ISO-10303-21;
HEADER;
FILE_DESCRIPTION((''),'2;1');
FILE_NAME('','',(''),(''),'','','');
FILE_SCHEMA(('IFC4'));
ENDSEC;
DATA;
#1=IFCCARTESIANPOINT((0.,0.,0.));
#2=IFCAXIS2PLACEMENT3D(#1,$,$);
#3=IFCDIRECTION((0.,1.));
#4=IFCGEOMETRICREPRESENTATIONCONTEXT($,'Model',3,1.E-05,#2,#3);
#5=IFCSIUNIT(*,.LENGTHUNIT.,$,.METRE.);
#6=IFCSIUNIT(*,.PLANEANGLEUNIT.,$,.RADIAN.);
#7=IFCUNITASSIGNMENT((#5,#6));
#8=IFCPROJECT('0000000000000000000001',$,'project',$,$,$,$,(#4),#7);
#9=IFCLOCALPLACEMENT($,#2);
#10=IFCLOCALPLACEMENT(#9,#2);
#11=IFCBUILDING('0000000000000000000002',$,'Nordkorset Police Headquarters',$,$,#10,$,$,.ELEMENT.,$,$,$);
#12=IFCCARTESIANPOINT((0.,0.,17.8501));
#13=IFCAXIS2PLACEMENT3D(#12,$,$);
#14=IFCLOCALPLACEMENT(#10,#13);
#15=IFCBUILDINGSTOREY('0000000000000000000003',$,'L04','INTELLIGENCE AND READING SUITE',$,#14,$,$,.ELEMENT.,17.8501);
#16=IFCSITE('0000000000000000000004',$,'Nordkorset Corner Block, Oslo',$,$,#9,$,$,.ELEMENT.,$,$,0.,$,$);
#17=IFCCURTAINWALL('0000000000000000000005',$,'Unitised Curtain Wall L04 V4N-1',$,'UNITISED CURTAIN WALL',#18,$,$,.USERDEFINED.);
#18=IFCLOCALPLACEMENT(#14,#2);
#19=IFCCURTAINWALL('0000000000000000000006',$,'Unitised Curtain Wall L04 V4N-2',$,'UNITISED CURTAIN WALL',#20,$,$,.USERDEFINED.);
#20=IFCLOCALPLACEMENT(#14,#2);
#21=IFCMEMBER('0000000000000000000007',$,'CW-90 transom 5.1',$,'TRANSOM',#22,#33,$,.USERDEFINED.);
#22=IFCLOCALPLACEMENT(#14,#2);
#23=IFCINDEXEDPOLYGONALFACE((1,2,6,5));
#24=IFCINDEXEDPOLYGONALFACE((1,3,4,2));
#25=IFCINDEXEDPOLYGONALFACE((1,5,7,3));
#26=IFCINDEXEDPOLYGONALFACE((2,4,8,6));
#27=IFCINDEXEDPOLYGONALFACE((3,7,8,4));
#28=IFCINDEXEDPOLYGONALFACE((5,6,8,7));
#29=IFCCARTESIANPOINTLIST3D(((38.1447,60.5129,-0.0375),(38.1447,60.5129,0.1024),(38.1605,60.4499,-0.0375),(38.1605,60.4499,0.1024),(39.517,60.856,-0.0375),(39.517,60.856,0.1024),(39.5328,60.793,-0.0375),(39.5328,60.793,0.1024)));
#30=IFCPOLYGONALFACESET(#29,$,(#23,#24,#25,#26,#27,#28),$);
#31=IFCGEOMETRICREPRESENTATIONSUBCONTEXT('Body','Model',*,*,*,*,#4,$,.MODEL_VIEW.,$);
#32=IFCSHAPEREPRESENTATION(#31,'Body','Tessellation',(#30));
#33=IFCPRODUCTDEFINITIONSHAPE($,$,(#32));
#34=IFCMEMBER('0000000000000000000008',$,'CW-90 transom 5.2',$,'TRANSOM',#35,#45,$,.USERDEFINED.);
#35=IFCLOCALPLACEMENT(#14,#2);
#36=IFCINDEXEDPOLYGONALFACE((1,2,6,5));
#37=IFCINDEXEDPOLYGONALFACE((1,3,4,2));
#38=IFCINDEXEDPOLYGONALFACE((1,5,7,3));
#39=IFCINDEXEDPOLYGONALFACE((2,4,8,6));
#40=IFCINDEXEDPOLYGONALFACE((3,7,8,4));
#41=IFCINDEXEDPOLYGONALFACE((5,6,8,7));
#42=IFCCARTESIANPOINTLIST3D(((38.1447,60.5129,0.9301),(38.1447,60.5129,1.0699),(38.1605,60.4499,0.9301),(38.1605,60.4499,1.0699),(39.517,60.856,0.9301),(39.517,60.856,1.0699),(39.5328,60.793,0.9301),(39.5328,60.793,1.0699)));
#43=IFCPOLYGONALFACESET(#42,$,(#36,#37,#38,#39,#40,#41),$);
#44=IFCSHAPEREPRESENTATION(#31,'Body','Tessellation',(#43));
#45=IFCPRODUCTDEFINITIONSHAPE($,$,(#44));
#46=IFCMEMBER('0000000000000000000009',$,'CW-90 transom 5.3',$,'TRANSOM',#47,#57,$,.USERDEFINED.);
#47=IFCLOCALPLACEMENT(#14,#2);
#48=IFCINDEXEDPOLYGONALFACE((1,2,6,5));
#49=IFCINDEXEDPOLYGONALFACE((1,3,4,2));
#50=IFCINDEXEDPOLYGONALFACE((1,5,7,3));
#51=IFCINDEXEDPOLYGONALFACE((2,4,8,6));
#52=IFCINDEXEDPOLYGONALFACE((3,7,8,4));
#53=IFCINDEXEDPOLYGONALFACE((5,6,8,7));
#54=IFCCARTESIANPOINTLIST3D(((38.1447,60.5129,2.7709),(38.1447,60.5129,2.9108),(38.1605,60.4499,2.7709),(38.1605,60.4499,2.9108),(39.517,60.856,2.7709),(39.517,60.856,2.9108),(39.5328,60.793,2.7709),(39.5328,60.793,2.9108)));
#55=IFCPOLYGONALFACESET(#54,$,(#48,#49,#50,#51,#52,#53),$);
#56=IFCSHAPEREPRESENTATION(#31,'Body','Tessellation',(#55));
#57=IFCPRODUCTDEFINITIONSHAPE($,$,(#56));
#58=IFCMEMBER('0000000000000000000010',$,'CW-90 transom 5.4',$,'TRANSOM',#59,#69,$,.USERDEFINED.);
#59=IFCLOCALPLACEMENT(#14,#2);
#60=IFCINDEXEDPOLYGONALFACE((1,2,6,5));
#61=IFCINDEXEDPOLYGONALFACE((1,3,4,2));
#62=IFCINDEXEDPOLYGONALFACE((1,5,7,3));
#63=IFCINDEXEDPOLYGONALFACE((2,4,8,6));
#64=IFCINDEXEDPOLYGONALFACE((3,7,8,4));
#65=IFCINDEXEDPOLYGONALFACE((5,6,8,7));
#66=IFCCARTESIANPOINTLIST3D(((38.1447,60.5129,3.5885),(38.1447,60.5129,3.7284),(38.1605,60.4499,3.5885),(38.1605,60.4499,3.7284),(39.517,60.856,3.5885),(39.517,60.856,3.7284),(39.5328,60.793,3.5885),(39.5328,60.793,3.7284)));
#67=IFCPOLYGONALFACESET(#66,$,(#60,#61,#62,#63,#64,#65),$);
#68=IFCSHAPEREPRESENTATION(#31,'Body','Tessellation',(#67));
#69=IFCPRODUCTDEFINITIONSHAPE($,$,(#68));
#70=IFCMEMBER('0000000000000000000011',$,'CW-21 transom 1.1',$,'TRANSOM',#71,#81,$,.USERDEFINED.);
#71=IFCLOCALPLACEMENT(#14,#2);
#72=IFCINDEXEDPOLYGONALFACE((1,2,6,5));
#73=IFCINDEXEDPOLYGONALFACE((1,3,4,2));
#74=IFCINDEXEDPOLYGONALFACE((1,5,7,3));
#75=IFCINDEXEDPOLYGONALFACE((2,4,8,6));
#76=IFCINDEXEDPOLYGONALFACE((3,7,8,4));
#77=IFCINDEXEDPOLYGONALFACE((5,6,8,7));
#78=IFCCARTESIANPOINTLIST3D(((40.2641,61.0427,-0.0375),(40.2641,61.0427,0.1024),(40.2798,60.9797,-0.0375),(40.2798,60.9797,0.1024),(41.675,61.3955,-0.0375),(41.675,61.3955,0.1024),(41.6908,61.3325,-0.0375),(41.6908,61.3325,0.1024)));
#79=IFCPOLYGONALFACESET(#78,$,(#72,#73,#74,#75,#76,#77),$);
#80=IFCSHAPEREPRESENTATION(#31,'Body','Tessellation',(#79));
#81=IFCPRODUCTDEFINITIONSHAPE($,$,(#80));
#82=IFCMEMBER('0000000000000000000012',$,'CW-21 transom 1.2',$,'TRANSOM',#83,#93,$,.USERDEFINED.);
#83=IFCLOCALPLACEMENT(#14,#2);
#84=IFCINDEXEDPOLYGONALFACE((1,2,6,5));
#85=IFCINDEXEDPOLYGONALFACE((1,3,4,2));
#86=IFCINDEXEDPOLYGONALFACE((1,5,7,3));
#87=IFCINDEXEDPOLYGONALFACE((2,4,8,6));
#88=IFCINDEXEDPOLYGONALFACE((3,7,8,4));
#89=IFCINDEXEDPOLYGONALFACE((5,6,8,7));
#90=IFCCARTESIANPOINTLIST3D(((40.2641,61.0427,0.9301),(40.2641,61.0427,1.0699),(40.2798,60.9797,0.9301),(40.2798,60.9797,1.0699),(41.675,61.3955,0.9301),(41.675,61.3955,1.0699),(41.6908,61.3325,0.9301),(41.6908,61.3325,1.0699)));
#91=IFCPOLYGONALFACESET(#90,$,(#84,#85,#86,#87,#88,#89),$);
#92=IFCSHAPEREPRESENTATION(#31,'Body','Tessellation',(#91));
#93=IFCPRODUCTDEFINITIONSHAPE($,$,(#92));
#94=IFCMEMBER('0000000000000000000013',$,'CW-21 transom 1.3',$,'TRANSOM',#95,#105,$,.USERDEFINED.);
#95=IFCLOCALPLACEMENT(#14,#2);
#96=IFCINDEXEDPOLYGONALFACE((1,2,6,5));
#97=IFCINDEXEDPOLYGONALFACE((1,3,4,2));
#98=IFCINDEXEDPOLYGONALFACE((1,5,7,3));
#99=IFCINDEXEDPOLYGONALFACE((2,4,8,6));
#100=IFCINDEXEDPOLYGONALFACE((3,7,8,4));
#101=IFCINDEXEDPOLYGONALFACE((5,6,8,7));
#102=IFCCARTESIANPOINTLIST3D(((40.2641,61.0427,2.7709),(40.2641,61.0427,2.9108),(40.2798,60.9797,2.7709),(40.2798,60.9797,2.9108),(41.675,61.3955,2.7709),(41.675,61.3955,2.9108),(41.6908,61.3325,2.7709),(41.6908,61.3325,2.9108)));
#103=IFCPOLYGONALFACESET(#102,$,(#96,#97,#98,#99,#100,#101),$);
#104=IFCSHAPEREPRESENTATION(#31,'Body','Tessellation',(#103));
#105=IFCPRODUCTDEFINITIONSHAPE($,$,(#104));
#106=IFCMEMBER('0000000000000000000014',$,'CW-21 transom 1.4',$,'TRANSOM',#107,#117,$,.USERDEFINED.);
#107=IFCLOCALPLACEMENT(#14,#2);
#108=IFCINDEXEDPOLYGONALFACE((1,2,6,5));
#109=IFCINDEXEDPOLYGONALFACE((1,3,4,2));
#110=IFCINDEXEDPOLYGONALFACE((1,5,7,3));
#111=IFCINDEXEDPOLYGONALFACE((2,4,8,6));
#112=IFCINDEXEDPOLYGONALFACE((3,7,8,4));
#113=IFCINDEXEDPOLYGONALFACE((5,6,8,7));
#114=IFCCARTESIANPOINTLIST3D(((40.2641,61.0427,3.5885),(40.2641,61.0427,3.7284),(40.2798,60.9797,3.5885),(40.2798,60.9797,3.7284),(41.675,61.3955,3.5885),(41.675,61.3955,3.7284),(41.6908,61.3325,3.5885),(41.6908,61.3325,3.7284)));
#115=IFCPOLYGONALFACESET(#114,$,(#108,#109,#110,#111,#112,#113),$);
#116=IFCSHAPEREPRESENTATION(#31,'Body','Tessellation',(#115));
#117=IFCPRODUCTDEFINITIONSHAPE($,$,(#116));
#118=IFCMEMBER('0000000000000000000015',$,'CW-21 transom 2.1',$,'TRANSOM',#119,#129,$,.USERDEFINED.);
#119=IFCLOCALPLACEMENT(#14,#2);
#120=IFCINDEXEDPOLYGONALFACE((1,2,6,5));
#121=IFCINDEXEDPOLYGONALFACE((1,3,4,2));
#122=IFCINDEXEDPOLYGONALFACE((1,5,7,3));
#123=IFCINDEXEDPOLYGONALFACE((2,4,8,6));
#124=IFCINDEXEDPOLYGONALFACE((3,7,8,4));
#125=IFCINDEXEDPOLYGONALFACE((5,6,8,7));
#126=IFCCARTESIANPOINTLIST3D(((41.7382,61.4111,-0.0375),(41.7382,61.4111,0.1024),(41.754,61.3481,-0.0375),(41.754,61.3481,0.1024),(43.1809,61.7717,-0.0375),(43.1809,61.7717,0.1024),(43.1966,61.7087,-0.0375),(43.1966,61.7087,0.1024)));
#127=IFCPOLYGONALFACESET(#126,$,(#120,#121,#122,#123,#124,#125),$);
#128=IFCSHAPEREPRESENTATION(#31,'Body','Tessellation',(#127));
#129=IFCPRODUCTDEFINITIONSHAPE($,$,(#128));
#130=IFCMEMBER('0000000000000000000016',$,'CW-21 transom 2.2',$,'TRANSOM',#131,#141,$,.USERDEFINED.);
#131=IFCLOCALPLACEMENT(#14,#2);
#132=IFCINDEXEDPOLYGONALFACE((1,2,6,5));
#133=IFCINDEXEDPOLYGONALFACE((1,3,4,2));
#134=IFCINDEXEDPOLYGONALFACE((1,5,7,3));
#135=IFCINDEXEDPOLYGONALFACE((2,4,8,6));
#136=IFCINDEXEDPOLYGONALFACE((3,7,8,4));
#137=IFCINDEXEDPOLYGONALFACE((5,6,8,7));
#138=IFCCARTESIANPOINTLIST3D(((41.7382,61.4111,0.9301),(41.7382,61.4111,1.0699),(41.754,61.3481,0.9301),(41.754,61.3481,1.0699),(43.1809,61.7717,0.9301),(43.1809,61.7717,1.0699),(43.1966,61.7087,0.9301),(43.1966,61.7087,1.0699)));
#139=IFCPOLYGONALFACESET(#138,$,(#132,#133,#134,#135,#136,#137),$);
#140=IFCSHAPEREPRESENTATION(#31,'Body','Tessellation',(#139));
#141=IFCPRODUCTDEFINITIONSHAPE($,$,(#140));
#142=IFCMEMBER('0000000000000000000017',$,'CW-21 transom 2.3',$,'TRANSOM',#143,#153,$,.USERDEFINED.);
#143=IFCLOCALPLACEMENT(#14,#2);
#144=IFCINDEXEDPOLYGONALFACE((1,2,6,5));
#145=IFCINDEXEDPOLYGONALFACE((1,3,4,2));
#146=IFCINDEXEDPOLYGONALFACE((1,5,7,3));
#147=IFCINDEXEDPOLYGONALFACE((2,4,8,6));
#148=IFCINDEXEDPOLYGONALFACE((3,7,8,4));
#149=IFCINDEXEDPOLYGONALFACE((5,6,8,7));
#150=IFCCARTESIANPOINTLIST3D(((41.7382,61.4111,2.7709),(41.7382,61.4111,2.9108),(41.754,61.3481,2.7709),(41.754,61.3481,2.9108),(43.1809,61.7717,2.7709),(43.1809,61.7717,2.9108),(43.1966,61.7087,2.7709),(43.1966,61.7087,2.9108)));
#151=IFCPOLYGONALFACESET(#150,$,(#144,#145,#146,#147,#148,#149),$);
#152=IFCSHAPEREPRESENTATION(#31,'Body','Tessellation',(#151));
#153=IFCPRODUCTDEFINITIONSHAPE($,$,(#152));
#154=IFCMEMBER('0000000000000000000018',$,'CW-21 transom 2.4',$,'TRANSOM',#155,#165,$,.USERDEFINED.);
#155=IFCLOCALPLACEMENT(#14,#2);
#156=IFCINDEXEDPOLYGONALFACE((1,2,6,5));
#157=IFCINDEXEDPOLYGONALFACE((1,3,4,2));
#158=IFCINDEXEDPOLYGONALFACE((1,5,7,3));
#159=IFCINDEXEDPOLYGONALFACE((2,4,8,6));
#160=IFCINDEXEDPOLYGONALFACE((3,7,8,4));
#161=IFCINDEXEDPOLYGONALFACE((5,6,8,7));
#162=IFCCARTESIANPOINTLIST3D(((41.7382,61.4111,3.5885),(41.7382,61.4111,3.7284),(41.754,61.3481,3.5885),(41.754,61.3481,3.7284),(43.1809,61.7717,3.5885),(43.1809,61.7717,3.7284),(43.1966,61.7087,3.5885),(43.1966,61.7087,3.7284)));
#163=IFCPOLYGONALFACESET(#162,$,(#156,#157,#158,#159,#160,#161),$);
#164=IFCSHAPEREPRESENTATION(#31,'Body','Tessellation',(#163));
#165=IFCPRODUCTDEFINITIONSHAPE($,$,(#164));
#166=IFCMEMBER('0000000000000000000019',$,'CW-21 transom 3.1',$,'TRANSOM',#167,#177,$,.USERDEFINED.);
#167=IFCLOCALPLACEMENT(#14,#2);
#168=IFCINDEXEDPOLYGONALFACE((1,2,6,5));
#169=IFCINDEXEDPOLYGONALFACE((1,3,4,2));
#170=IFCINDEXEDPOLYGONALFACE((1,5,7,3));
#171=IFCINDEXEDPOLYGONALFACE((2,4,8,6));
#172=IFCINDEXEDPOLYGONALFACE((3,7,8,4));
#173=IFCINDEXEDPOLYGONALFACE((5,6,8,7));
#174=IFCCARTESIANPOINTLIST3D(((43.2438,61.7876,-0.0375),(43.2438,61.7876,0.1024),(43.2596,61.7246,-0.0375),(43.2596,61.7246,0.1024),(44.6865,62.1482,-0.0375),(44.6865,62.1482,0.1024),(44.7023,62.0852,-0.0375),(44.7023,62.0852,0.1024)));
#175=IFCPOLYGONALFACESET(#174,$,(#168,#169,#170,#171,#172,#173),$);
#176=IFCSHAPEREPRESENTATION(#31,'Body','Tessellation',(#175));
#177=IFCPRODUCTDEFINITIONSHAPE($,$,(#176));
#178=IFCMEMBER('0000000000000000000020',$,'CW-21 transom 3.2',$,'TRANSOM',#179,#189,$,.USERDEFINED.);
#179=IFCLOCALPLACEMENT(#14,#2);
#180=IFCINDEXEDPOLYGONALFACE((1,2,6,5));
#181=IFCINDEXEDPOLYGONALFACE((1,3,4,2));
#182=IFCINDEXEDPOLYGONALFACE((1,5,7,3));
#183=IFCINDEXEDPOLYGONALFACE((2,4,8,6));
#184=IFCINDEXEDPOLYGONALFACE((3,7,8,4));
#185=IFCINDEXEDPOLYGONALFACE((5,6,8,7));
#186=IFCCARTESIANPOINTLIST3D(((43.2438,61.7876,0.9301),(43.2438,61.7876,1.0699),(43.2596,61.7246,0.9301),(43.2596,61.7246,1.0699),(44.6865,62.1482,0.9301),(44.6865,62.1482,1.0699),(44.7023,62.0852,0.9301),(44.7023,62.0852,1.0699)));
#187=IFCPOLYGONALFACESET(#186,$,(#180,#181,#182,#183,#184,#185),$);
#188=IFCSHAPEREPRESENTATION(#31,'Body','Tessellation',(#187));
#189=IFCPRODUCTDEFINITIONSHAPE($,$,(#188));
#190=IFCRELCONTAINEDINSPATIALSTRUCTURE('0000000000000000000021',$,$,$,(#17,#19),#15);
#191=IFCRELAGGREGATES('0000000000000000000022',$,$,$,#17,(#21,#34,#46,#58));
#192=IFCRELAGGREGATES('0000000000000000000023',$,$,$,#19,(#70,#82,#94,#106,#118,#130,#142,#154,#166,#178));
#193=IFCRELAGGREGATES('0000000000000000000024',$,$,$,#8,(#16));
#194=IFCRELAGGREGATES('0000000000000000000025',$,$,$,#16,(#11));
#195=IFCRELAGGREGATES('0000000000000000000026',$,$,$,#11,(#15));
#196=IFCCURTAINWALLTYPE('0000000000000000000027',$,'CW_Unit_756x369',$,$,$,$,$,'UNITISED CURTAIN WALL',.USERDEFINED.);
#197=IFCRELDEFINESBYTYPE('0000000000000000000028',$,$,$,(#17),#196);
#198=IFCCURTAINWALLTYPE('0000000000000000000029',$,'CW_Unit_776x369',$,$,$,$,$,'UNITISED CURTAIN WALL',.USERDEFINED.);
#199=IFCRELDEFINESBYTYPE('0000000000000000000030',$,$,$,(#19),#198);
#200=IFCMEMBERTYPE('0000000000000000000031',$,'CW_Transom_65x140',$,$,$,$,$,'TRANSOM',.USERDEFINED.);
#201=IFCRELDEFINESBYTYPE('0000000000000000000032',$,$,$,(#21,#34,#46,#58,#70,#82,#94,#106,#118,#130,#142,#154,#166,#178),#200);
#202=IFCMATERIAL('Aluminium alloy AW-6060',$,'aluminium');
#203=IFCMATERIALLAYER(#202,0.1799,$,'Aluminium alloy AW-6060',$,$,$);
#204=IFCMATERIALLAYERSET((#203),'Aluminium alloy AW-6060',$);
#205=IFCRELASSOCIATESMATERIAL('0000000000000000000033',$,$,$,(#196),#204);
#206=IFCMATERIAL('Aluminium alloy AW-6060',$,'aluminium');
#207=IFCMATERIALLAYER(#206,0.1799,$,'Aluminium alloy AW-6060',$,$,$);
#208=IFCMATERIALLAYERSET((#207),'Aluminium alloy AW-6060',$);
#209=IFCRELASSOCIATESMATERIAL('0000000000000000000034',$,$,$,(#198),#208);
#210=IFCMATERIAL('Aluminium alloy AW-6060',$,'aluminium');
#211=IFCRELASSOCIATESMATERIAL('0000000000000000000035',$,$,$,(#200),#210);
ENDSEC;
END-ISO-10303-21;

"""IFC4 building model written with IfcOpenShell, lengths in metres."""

from ifc_helpers import new_model, si_unit, direction, frame, origin, origin_2d, place, context, subcontext, project, spatial, rectangle, extrude, material, layer, layer_set, material_profile, profile_set, type_object, element, aggregate, save


model = new_model("IFC4")

# Units and contexts
model_context = context("Model", 3, precision=1e-05, world=origin(), true_north=direction((0.0, 1.0)))
body_context = subcontext(model_context, "Body", "Model", "MODEL_VIEW")
ifc_project = project(units=[si_unit("LENGTHUNIT", "METRE"), si_unit("PLANEANGLEUNIT", "RADIAN")], contexts=[model_context])

# Site, building, storey
site_placement = place(None, origin())
site = spatial("IfcSite", under=ifc_project, at=site_placement, Name="Nordkorset Corner Block, Oslo", CompositionType="ELEMENT", RefElevation=0.0)
building_placement = place(site_placement, origin())
building = spatial("IfcBuilding", under=site, at=building_placement, Name="Nordkorset Police Headquarters", CompositionType="ELEMENT")
storey_placement = place(building_placement, frame((0.0, 0.0, 17.8501)))
storey = spatial("IfcBuildingStorey", under=building, at=storey_placement, Name="L04", Description="INTELLIGENCE AND READING SUITE", CompositionType="ELEMENT", Elevation=17.8501)

# Curtain walls
ifc_material_1 = material(Name="Aluminium alloy AW-6060", Category="aluminium")
ifc_layer_1 = layer(ifc_material_1, 0.1799, Name="Aluminium alloy AW-6060")
ifc_layer_set_1 = layer_set([ifc_layer_1], Name="Aluminium alloy AW-6060")
curtain_wall_type_1 = type_object("IfcCurtainWallType", Name="CW_Unit_756x369", ElementType="UNITISED CURTAIN WALL", PredefinedType="USERDEFINED", material=ifc_layer_set_1)
curtain_wall_1_placement = place(storey_placement, origin())
curtain_wall_1 = element("IfcCurtainWall", 1, at=curtain_wall_1_placement, inside=storey, type_object=curtain_wall_type_1, Name="Unitised Curtain Wall L04 V4N-1", ObjectType="UNITISED CURTAIN WALL", PredefinedType="USERDEFINED")
ifc_material_2 = material(Name="Aluminium alloy AW-6060", Category="aluminium")
ifc_layer_2 = layer(ifc_material_2, 0.1799, Name="Aluminium alloy AW-6060")
ifc_layer_set_2 = layer_set([ifc_layer_2], Name="Aluminium alloy AW-6060")
curtain_wall_type_2 = type_object("IfcCurtainWallType", Name="CW_Unit_776x369", ElementType="UNITISED CURTAIN WALL", PredefinedType="USERDEFINED", material=ifc_layer_set_2)
curtain_wall_2_placement = place(storey_placement, origin())
curtain_wall_2 = element("IfcCurtainWall", 2, at=curtain_wall_2_placement, inside=storey, type_object=curtain_wall_type_2, Name="Unitised Curtain Wall L04 V4N-2", ObjectType="UNITISED CURTAIN WALL", PredefinedType="USERDEFINED")

# Members
ifc_material_3 = material(Name="Aluminium alloy AW-6060", Category="aluminium")
ifc_material_profile_1 = material_profile(ifc_material_3, rectangle(XDim=0.0649, YDim=0.1399, at=origin_2d()), Name="ALU TRAN 65x140")
ifc_profile_set_1 = profile_set([ifc_material_profile_1], Name="Aluminium alloy AW-6060")
member_type_1 = type_object("IfcMemberType", Name="CW_Transom_65x140", ElementType="TRANSOM", PredefinedType="USERDEFINED", material=ifc_profile_set_1)
member_1_placement = place(storey_placement, frame((38.1526, 60.4814, 0.0325), z_axis=(0.970153, 0.242495, 0.0), x_axis=(-0.242495, 0.970153, 0.0)))
member_1 = element("IfcMember", 3, at=member_1_placement, type_object=member_type_1, Name="CW-90 transom 5.1", ObjectType="TRANSOM", PredefinedType="USERDEFINED", context=body_context, shape_type="SweptSolid", body=[
    extrude(rectangle(XDim=0.0649, YDim=0.1399, at=origin_2d()), origin(), (0.0, 0.0, 1.0), 1.4146),
])
member_2_placement = place(storey_placement, frame((38.1526, 60.4814, 1.0), z_axis=(0.970153, 0.242495, 0.0), x_axis=(-0.242495, 0.970153, 0.0)))
member_2 = element("IfcMember", 4, at=member_2_placement, type_object=member_type_1, Name="CW-90 transom 5.2", ObjectType="TRANSOM", PredefinedType="USERDEFINED", context=body_context, shape_type="SweptSolid", body=[
    extrude(rectangle(XDim=0.0649, YDim=0.1399, at=origin_2d()), origin(), (0.0, 0.0, 1.0), 1.4146),
])
member_3_placement = place(storey_placement, frame((38.1526, 60.4814, 2.8408), z_axis=(0.970153, 0.242495, 0.0), x_axis=(-0.242495, 0.970153, 0.0)))
member_3 = element("IfcMember", 5, at=member_3_placement, type_object=member_type_1, Name="CW-90 transom 5.3", ObjectType="TRANSOM", PredefinedType="USERDEFINED", context=body_context, shape_type="SweptSolid", body=[
    extrude(rectangle(XDim=0.0649, YDim=0.1399, at=origin_2d()), origin(), (0.0, 0.0, 1.0), 1.4146),
])
member_4_placement = place(storey_placement, frame((38.1526, 60.4814, 3.6584), z_axis=(0.970153, 0.242495, 0.0), x_axis=(-0.242495, 0.970153, 0.0)))
member_4 = element("IfcMember", 6, at=member_4_placement, type_object=member_type_1, Name="CW-90 transom 5.4", ObjectType="TRANSOM", PredefinedType="USERDEFINED", context=body_context, shape_type="SweptSolid", body=[
    extrude(rectangle(XDim=0.0649, YDim=0.1399, at=origin_2d()), origin(), (0.0, 0.0, 1.0), 1.4146),
])
member_5_placement = place(storey_placement, frame((40.272, 61.0112, 0.0325), z_axis=(0.970133, 0.242575, 0.0), x_axis=(-0.242575, 0.970133, 0.0)))
member_5 = element("IfcMember", 7, at=member_5_placement, type_object=member_type_1, Name="CW-21 transom 1.1", ObjectType="TRANSOM", PredefinedType="USERDEFINED", context=body_context, shape_type="SweptSolid", body=[
    extrude(rectangle(XDim=0.0649, YDim=0.1399, at=origin_2d()), origin(), (0.0, 0.0, 1.0), 1.4543),
])
member_6_placement = place(storey_placement, frame((40.272, 61.0112, 1.0), z_axis=(0.970133, 0.242575, 0.0), x_axis=(-0.242575, 0.970133, 0.0)))
member_6 = element("IfcMember", 8, at=member_6_placement, type_object=member_type_1, Name="CW-21 transom 1.2", ObjectType="TRANSOM", PredefinedType="USERDEFINED", context=body_context, shape_type="SweptSolid", body=[
    extrude(rectangle(XDim=0.0649, YDim=0.1399, at=origin_2d()), origin(), (0.0, 0.0, 1.0), 1.4543),
])
member_7_placement = place(storey_placement, frame((40.272, 61.0112, 2.8408), z_axis=(0.970133, 0.242575, 0.0), x_axis=(-0.242575, 0.970133, 0.0)))
member_7 = element("IfcMember", 9, at=member_7_placement, type_object=member_type_1, Name="CW-21 transom 1.3", ObjectType="TRANSOM", PredefinedType="USERDEFINED", context=body_context, shape_type="SweptSolid", body=[
    extrude(rectangle(XDim=0.0649, YDim=0.1399, at=origin_2d()), origin(), (0.0, 0.0, 1.0), 1.4543),
])
member_8_placement = place(storey_placement, frame((40.272, 61.0112, 3.6584), z_axis=(0.970133, 0.242575, 0.0), x_axis=(-0.242575, 0.970133, 0.0)))
member_8 = element("IfcMember", 10, at=member_8_placement, type_object=member_type_1, Name="CW-21 transom 1.4", ObjectType="TRANSOM", PredefinedType="USERDEFINED", context=body_context, shape_type="SweptSolid", body=[
    extrude(rectangle(XDim=0.0649, YDim=0.1399, at=origin_2d()), origin(), (0.0, 0.0, 1.0), 1.4543),
])
member_9_placement = place(storey_placement, frame((41.7461, 61.3796, 0.0325), z_axis=(0.970152, 0.242497, 0.0), x_axis=(-0.242497, 0.970152, 0.0)))
member_9 = element("IfcMember", 11, at=member_9_placement, type_object=member_type_1, Name="CW-21 transom 2.1", ObjectType="TRANSOM", PredefinedType="USERDEFINED", context=body_context, shape_type="SweptSolid", body=[
    extrude(rectangle(XDim=0.0649, YDim=0.1399, at=origin_2d()), origin(), (0.0, 0.0, 1.0), 1.4871),
])
member_10_placement = place(storey_placement, frame((41.7461, 61.3796, 1.0), z_axis=(0.970152, 0.242497, 0.0), x_axis=(-0.242497, 0.970152, 0.0)))
member_10 = element("IfcMember", 12, at=member_10_placement, type_object=member_type_1, Name="CW-21 transom 2.2", ObjectType="TRANSOM", PredefinedType="USERDEFINED", context=body_context, shape_type="SweptSolid", body=[
    extrude(rectangle(XDim=0.0649, YDim=0.1399, at=origin_2d()), origin(), (0.0, 0.0, 1.0), 1.4871),
])
member_11_placement = place(storey_placement, frame((41.7461, 61.3796, 2.8408), z_axis=(0.970152, 0.242497, 0.0), x_axis=(-0.242497, 0.970152, 0.0)))
member_11 = element("IfcMember", 13, at=member_11_placement, type_object=member_type_1, Name="CW-21 transom 2.3", ObjectType="TRANSOM", PredefinedType="USERDEFINED", context=body_context, shape_type="SweptSolid", body=[
    extrude(rectangle(XDim=0.0649, YDim=0.1399, at=origin_2d()), origin(), (0.0, 0.0, 1.0), 1.4871),
])
member_12_placement = place(storey_placement, frame((41.7461, 61.3796, 3.6584), z_axis=(0.970152, 0.242497, 0.0), x_axis=(-0.242497, 0.970152, 0.0)))
member_12 = element("IfcMember", 14, at=member_12_placement, type_object=member_type_1, Name="CW-21 transom 2.4", ObjectType="TRANSOM", PredefinedType="USERDEFINED", context=body_context, shape_type="SweptSolid", body=[
    extrude(rectangle(XDim=0.0649, YDim=0.1399, at=origin_2d()), origin(), (0.0, 0.0, 1.0), 1.4871),
])
member_13_placement = place(storey_placement, frame((43.2517, 61.7561, 0.0325), z_axis=(0.970152, 0.242497, 0.0), x_axis=(-0.242497, 0.970152, 0.0)))
member_13 = element("IfcMember", 15, at=member_13_placement, type_object=member_type_1, Name="CW-21 transom 3.1", ObjectType="TRANSOM", PredefinedType="USERDEFINED", context=body_context, shape_type="SweptSolid", body=[
    extrude(rectangle(XDim=0.0649, YDim=0.1399, at=origin_2d()), origin(), (0.0, 0.0, 1.0), 1.4871),
])
member_14_placement = place(storey_placement, frame((43.2517, 61.7561, 1.0), z_axis=(0.970152, 0.242497, 0.0), x_axis=(-0.242497, 0.970152, 0.0)))
member_14 = element("IfcMember", 16, at=member_14_placement, type_object=member_type_1, Name="CW-21 transom 3.2", ObjectType="TRANSOM", PredefinedType="USERDEFINED", context=body_context, shape_type="SweptSolid", body=[
    extrude(rectangle(XDim=0.0649, YDim=0.1399, at=origin_2d()), origin(), (0.0, 0.0, 1.0), 1.4871),
])

aggregate(curtain_wall_1, [member_1, member_2, member_3, member_4])
aggregate(curtain_wall_2, [member_5, member_6, member_7, member_8, member_9, member_10, member_11, member_12, member_13, member_14])

save(model, "model.ifc")
